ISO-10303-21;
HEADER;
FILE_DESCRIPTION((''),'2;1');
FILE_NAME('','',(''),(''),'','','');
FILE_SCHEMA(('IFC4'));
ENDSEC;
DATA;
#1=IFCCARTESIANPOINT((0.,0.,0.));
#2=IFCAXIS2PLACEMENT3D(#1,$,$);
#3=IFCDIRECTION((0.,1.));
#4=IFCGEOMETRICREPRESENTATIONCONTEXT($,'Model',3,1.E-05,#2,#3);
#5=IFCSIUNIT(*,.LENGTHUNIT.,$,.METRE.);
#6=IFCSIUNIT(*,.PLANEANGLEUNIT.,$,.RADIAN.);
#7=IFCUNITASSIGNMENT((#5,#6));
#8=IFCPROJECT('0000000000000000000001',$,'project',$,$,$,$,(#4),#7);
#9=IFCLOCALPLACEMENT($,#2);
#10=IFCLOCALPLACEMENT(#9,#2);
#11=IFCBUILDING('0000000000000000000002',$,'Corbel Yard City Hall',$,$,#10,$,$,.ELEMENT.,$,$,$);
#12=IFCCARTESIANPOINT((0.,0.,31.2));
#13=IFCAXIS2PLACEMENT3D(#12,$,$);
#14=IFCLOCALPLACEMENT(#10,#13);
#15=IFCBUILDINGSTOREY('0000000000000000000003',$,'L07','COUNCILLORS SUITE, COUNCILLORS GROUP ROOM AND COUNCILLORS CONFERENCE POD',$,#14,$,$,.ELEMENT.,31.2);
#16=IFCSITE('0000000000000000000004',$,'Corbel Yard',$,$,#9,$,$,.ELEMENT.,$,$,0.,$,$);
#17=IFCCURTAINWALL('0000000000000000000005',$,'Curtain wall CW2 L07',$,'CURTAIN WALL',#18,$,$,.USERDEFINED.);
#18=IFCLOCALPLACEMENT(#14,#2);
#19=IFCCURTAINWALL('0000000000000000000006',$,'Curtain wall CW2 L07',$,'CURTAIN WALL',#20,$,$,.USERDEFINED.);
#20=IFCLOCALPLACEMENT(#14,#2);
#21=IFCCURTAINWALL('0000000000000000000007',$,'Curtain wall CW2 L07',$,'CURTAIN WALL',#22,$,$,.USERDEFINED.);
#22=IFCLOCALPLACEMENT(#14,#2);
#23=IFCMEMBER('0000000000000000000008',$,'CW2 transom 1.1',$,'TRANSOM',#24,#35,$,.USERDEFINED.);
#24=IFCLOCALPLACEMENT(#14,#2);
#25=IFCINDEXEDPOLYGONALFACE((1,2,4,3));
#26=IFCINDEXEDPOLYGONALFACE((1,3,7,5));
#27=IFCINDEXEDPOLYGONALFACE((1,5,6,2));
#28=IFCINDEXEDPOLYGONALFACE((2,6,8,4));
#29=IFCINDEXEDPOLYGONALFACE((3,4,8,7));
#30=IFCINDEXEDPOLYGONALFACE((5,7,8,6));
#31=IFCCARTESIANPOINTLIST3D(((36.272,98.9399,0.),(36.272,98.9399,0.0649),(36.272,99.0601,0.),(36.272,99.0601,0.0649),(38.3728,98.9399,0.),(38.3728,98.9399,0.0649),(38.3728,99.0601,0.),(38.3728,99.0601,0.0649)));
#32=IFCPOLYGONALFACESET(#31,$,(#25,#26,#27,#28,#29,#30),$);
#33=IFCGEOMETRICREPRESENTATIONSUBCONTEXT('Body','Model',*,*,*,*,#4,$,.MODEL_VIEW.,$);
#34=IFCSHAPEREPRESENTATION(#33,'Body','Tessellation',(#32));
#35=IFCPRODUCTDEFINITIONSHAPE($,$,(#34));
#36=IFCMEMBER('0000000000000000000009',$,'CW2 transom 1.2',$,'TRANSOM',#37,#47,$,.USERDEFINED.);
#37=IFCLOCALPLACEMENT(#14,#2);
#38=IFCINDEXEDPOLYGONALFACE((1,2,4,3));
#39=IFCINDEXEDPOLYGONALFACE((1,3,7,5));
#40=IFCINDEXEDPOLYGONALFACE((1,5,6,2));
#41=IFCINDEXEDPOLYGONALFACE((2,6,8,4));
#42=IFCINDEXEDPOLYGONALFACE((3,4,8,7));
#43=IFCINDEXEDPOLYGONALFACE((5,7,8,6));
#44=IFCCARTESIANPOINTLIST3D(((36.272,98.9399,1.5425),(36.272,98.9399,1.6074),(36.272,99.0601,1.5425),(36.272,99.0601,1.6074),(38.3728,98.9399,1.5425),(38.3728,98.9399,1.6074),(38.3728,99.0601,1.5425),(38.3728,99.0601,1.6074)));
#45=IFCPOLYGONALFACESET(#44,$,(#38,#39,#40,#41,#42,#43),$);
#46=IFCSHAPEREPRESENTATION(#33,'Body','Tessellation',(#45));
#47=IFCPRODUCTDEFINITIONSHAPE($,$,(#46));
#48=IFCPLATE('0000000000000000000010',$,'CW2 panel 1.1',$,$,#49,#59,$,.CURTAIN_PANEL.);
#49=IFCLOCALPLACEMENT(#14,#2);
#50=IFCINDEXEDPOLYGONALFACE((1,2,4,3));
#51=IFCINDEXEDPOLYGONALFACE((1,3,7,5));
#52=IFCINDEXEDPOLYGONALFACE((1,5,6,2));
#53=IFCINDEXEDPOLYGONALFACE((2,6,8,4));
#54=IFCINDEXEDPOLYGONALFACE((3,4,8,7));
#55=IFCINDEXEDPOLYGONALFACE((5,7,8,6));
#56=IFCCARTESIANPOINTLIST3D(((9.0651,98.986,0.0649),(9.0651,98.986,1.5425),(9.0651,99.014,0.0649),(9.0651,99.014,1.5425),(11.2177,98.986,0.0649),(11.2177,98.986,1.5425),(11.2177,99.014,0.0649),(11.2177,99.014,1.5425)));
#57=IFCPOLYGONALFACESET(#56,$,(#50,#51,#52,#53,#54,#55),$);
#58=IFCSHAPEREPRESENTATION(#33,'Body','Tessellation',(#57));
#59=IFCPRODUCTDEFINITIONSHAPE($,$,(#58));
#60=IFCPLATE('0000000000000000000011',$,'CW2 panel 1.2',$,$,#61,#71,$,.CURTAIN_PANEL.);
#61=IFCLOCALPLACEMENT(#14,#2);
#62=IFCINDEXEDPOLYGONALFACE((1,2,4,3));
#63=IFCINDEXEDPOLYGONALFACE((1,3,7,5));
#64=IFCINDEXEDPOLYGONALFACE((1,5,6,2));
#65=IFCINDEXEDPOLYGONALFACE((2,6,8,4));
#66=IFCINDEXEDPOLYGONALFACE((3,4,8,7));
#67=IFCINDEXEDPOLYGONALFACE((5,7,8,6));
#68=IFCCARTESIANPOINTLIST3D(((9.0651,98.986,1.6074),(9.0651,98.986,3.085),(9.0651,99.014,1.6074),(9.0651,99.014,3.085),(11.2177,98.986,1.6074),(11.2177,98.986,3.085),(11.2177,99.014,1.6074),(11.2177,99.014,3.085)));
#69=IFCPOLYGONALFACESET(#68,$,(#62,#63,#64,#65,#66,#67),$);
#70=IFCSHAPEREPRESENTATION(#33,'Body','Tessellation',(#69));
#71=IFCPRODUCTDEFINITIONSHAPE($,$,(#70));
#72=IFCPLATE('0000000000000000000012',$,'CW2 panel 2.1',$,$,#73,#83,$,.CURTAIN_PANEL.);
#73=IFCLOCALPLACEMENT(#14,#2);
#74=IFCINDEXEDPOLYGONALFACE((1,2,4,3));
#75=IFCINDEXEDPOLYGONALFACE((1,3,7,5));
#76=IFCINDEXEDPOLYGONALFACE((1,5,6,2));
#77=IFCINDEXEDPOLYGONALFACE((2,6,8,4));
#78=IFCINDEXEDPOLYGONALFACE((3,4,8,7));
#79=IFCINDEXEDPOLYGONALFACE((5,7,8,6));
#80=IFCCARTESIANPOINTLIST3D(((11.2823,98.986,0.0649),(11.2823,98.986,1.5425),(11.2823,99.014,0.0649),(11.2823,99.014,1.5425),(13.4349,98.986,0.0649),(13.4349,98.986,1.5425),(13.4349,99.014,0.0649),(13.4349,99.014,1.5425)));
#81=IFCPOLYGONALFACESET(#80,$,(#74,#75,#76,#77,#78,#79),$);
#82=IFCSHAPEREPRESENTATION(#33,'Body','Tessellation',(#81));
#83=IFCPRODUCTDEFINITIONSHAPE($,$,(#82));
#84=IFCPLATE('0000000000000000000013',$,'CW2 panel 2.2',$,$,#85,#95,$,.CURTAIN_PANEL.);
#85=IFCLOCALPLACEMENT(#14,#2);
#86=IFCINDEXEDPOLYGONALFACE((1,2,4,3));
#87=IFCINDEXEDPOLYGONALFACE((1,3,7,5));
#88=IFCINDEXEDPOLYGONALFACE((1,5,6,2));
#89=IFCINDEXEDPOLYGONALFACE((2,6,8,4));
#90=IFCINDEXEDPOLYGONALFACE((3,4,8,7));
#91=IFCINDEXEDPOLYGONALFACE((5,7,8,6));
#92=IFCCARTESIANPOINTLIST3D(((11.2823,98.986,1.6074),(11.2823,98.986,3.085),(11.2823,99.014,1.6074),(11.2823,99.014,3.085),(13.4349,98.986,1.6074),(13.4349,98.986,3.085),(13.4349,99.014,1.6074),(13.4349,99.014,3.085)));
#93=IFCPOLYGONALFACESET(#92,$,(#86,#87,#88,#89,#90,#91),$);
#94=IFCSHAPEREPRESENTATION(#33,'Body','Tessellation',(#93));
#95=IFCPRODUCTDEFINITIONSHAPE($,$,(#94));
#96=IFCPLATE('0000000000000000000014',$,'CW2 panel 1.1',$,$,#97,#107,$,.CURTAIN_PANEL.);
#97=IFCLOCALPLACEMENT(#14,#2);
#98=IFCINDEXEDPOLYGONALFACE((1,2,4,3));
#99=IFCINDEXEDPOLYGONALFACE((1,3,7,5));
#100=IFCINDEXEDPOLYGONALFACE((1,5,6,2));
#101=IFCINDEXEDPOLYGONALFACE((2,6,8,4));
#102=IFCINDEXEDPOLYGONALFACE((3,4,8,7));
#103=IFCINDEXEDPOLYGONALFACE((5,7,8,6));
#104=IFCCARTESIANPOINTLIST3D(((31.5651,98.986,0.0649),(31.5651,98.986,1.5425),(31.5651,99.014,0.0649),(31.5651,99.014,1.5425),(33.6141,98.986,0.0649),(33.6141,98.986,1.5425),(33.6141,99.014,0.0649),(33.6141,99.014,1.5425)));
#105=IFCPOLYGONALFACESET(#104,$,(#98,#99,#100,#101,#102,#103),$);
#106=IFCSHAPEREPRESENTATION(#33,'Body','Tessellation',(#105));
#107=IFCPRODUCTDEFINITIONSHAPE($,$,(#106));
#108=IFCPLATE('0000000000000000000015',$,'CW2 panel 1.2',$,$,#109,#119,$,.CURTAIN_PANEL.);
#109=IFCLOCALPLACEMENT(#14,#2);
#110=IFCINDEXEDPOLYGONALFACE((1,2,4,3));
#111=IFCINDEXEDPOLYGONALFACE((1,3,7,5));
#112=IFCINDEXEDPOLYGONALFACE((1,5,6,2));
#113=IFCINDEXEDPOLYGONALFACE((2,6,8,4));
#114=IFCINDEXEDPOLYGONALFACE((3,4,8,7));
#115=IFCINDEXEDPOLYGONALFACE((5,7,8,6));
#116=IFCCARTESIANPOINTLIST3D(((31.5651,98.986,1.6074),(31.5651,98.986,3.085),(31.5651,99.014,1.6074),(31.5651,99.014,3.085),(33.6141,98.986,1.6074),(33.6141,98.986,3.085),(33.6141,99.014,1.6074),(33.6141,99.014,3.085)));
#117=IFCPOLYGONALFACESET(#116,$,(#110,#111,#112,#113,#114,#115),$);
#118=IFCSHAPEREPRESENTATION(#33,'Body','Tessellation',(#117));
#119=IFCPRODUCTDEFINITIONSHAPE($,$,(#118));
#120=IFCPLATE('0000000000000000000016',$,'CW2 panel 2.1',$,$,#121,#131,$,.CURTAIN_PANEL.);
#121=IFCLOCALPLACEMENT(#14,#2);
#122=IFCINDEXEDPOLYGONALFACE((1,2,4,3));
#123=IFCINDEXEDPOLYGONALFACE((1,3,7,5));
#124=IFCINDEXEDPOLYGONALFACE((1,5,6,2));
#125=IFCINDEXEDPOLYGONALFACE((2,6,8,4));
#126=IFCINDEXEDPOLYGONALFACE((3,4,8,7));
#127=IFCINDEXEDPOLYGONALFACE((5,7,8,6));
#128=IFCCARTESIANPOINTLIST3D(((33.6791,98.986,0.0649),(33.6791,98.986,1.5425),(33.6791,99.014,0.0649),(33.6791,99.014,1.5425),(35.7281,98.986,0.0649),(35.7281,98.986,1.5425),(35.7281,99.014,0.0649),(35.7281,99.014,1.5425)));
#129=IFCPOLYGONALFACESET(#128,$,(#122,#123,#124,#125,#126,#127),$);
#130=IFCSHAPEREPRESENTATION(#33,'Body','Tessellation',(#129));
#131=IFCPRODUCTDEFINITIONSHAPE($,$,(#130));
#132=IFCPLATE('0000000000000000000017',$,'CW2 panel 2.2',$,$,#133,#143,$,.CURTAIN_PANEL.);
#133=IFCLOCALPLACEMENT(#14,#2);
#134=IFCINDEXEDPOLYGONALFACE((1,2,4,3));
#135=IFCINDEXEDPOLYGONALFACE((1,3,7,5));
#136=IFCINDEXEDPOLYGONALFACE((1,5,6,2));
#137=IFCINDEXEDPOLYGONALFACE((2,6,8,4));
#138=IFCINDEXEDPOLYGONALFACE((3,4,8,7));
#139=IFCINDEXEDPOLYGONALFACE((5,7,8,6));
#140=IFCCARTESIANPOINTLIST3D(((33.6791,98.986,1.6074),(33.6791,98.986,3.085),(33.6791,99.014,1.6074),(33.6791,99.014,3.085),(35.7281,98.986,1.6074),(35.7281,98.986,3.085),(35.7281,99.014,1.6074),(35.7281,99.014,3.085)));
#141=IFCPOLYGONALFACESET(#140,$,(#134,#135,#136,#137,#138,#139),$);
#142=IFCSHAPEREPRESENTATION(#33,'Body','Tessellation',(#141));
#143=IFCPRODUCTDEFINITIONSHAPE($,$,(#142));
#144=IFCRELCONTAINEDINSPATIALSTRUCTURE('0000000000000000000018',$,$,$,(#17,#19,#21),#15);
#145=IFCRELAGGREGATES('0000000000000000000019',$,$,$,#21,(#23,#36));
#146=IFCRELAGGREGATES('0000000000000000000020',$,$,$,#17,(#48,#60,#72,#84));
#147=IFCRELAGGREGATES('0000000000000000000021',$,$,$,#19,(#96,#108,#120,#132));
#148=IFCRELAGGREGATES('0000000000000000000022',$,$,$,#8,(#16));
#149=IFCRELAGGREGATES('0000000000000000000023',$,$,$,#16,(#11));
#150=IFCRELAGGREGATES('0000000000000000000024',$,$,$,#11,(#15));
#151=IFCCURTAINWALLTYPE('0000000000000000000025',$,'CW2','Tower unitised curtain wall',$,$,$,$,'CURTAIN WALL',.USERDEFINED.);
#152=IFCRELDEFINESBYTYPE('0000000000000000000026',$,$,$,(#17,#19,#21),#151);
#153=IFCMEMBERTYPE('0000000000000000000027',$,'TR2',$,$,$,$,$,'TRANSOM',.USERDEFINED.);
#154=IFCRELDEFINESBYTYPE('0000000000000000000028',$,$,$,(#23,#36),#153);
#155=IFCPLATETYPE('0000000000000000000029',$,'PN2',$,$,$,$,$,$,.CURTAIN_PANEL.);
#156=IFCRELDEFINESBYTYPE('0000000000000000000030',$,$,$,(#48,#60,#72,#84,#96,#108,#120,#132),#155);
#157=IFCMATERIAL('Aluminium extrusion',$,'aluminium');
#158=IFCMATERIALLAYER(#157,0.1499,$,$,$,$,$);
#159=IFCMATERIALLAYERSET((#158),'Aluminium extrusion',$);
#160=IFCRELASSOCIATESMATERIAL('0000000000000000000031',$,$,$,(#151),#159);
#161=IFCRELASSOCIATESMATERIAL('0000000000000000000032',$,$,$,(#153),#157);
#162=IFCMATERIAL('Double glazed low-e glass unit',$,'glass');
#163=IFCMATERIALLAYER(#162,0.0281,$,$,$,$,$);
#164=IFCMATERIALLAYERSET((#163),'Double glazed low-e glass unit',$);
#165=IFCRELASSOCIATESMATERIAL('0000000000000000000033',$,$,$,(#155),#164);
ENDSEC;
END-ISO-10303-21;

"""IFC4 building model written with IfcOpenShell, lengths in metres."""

from ifc_helpers import new_model, si_unit, direction, frame, origin, origin_2d, place, context, subcontext, project, spatial, rectangle, extrude, material, layer, layer_set, material_profile, profile_set, type_object, element, aggregate, save


model = new_model("IFC4")

# Units and contexts
model_context = context("Model", 3, precision=1e-05, world=origin(), true_north=direction((0.0, 1.0)))
body_context = subcontext(model_context, "Body", "Model", "MODEL_VIEW")
ifc_project = project(units=[si_unit("LENGTHUNIT", "METRE"), si_unit("PLANEANGLEUNIT", "RADIAN")], contexts=[model_context])

# Site, building, storey
site_placement = place(None, origin())
site = spatial("IfcSite", under=ifc_project, at=site_placement, Name="Corbel Yard", CompositionType="ELEMENT", RefElevation=0.0)
building_placement = place(site_placement, origin())
building = spatial("IfcBuilding", under=site, at=building_placement, Name="Corbel Yard City Hall", CompositionType="ELEMENT")
storey_placement = place(building_placement, frame((0.0, 0.0, 31.2)))
storey = spatial("IfcBuildingStorey", under=building, at=storey_placement, Name="L07", Description="COUNCILLORS SUITE, COUNCILLORS GROUP ROOM AND COUNCILLORS CONFERENCE POD", CompositionType="ELEMENT", Elevation=31.2)

# Curtain walls
ifc_material_1 = material(Name="Aluminium extrusion", Category="aluminium")
ifc_layer_1 = layer(ifc_material_1, 0.1499)
ifc_layer_set_1 = layer_set([ifc_layer_1], Name="Aluminium extrusion")
curtain_wall_type = type_object("IfcCurtainWallType", Name="CW2", Description="Tower unitised curtain wall", ElementType="CURTAIN WALL", PredefinedType="USERDEFINED", material=ifc_layer_set_1)
curtain_wall_1_placement = place(storey_placement, origin())
curtain_wall_1 = element("IfcCurtainWall", 1, at=curtain_wall_1_placement, inside=storey, type_object=curtain_wall_type, Name="Curtain wall CW2 L07", ObjectType="CURTAIN WALL", PredefinedType="USERDEFINED")
curtain_wall_2_placement = place(storey_placement, origin())
curtain_wall_2 = element("IfcCurtainWall", 2, at=curtain_wall_2_placement, inside=storey, type_object=curtain_wall_type, Name="Curtain wall CW2 L07", ObjectType="CURTAIN WALL", PredefinedType="USERDEFINED")
curtain_wall_3_placement = place(storey_placement, origin())
curtain_wall_3 = element("IfcCurtainWall", 3, at=curtain_wall_3_placement, inside=storey, type_object=curtain_wall_type, Name="Curtain wall CW2 L07", ObjectType="CURTAIN WALL", PredefinedType="USERDEFINED")

# Members
ifc_material_profile_1 = material_profile(ifc_material_1, rectangle(XDim=0.1201, YDim=0.0649, at=origin_2d()), Name="120x65")
ifc_profile_set_1 = profile_set([ifc_material_profile_1], Name="Aluminium extrusion")
member_type_1 = type_object("IfcMemberType", Name="TR2", ElementType="TRANSOM", PredefinedType="USERDEFINED", material=ifc_profile_set_1)
member_1_placement = place(storey_placement, frame((36.272, 99.0, 0.0325), z_axis=(1.0, 0.0, 0.0), x_axis=(0.0, 1.0, 0.0)))
member_1 = element("IfcMember", 4, at=member_1_placement, type_object=member_type_1, Name="CW2 transom 1.1", ObjectType="TRANSOM", PredefinedType="USERDEFINED", context=body_context, shape_type="SweptSolid", body=[
    extrude(rectangle(XDim=0.1201, YDim=0.0649, at=origin_2d()), origin(), (0.0, 0.0, 1.0), 2.1008),
])
member_2_placement = place(storey_placement, frame((36.272, 99.0, 1.575), z_axis=(1.0, 0.0, 0.0), x_axis=(0.0, 1.0, 0.0)))
member_2 = element("IfcMember", 5, at=member_2_placement, type_object=member_type_1, Name="CW2 transom 1.2", ObjectType="TRANSOM", PredefinedType="USERDEFINED", context=body_context, shape_type="SweptSolid", body=[
    extrude(rectangle(XDim=0.1201, YDim=0.0649, at=origin_2d()), origin(), (0.0, 0.0, 1.0), 2.1008),
])
aggregate(curtain_wall_3, [member_1, member_2])

# Plates
ifc_material_2 = material(Name="Double glazed low-e glass unit", Category="glass")
ifc_layer_2 = layer(ifc_material_2, 0.0281)
ifc_layer_set_2 = layer_set([ifc_layer_2], Name="Double glazed low-e glass unit")
plate_type = type_object("IfcPlateType", Name="PN2", PredefinedType="CURTAIN_PANEL", material=ifc_layer_set_2)
plate_1_placement = place(storey_placement, frame((10.1414, 99.0, 0.0649), z_axis=(0.0, 0.0, 1.0), x_axis=(1.0, 0.0, 0.0)))
plate_1 = element("IfcPlate", 6, at=plate_1_placement, type_object=plate_type, Name="CW2 panel 1.1", PredefinedType="CURTAIN_PANEL", context=body_context, shape_type="SweptSolid", body=[
    extrude(rectangle(XDim=2.1526, YDim=0.0281, at=origin_2d()), origin(), (0.0, 0.0, 1.0), 1.4775),
])
plate_2_placement = place(storey_placement, frame((10.1414, 99.0, 1.6074), z_axis=(0.0, 0.0, 1.0), x_axis=(1.0, 0.0, 0.0)))
plate_2 = element("IfcPlate", 7, at=plate_2_placement, type_object=plate_type, Name="CW2 panel 1.2", PredefinedType="CURTAIN_PANEL", context=body_context, shape_type="SweptSolid", body=[
    extrude(rectangle(XDim=2.1526, YDim=0.0281, at=origin_2d()), origin(), (0.0, 0.0, 1.0), 1.4775),
])
plate_3_placement = place(storey_placement, frame((12.3586, 99.0, 0.0649), z_axis=(0.0, 0.0, 1.0), x_axis=(1.0, 0.0, 0.0)))
plate_3 = element("IfcPlate", 8, at=plate_3_placement, type_object=plate_type, Name="CW2 panel 2.1", PredefinedType="CURTAIN_PANEL", context=body_context, shape_type="SweptSolid", body=[
    extrude(rectangle(XDim=2.1526, YDim=0.0281, at=origin_2d()), origin(), (0.0, 0.0, 1.0), 1.4775),
])
plate_4_placement = place(storey_placement, frame((12.3586, 99.0, 1.6074), z_axis=(0.0, 0.0, 1.0), x_axis=(1.0, 0.0, 0.0)))
plate_4 = element("IfcPlate", 9, at=plate_4_placement, type_object=plate_type, Name="CW2 panel 2.2", PredefinedType="CURTAIN_PANEL", context=body_context, shape_type="SweptSolid", body=[
    extrude(rectangle(XDim=2.1526, YDim=0.0281, at=origin_2d()), origin(), (0.0, 0.0, 1.0), 1.4775),
])
aggregate(curtain_wall_1, [plate_1, plate_2, plate_3, plate_4])
plate_5_placement = place(storey_placement, frame((32.5896, 99.0, 0.0649), z_axis=(0.0, 0.0, 1.0), x_axis=(1.0, 0.0, 0.0)))
plate_5 = element("IfcPlate", 10, at=plate_5_placement, type_object=plate_type, Name="CW2 panel 1.1", PredefinedType="CURTAIN_PANEL", context=body_context, shape_type="SweptSolid", body=[
    extrude(rectangle(XDim=2.0491, YDim=0.0281, at=origin_2d()), origin(), (0.0, 0.0, 1.0), 1.4775),
])
plate_6_placement = place(storey_placement, frame((32.5896, 99.0, 1.6074), z_axis=(0.0, 0.0, 1.0), x_axis=(1.0, 0.0, 0.0)))
plate_6 = element("IfcPlate", 11, at=plate_6_placement, type_object=plate_type, Name="CW2 panel 1.2", PredefinedType="CURTAIN_PANEL", context=body_context, shape_type="SweptSolid", body=[
    extrude(rectangle(XDim=2.0491, YDim=0.0281, at=origin_2d()), origin(), (0.0, 0.0, 1.0), 1.4775),
])
plate_7_placement = place(storey_placement, frame((34.7036, 99.0, 0.0649), z_axis=(0.0, 0.0, 1.0), x_axis=(1.0, 0.0, 0.0)))
plate_7 = element("IfcPlate", 12, at=plate_7_placement, type_object=plate_type, Name="CW2 panel 2.1", PredefinedType="CURTAIN_PANEL", context=body_context, shape_type="SweptSolid", body=[
    extrude(rectangle(XDim=2.0491, YDim=0.0281, at=origin_2d()), origin(), (0.0, 0.0, 1.0), 1.4775),
])
plate_8_placement = place(storey_placement, frame((34.7036, 99.0, 1.6074), z_axis=(0.0, 0.0, 1.0), x_axis=(1.0, 0.0, 0.0)))
plate_8 = element("IfcPlate", 13, at=plate_8_placement, type_object=plate_type, Name="CW2 panel 2.2", PredefinedType="CURTAIN_PANEL", context=body_context, shape_type="SweptSolid", body=[
    extrude(rectangle(XDim=2.0491, YDim=0.0281, at=origin_2d()), origin(), (0.0, 0.0, 1.0), 1.4775),
])
aggregate(curtain_wall_2, [plate_5, plate_6, plate_7, plate_8])

save(model, "model.ifc")
